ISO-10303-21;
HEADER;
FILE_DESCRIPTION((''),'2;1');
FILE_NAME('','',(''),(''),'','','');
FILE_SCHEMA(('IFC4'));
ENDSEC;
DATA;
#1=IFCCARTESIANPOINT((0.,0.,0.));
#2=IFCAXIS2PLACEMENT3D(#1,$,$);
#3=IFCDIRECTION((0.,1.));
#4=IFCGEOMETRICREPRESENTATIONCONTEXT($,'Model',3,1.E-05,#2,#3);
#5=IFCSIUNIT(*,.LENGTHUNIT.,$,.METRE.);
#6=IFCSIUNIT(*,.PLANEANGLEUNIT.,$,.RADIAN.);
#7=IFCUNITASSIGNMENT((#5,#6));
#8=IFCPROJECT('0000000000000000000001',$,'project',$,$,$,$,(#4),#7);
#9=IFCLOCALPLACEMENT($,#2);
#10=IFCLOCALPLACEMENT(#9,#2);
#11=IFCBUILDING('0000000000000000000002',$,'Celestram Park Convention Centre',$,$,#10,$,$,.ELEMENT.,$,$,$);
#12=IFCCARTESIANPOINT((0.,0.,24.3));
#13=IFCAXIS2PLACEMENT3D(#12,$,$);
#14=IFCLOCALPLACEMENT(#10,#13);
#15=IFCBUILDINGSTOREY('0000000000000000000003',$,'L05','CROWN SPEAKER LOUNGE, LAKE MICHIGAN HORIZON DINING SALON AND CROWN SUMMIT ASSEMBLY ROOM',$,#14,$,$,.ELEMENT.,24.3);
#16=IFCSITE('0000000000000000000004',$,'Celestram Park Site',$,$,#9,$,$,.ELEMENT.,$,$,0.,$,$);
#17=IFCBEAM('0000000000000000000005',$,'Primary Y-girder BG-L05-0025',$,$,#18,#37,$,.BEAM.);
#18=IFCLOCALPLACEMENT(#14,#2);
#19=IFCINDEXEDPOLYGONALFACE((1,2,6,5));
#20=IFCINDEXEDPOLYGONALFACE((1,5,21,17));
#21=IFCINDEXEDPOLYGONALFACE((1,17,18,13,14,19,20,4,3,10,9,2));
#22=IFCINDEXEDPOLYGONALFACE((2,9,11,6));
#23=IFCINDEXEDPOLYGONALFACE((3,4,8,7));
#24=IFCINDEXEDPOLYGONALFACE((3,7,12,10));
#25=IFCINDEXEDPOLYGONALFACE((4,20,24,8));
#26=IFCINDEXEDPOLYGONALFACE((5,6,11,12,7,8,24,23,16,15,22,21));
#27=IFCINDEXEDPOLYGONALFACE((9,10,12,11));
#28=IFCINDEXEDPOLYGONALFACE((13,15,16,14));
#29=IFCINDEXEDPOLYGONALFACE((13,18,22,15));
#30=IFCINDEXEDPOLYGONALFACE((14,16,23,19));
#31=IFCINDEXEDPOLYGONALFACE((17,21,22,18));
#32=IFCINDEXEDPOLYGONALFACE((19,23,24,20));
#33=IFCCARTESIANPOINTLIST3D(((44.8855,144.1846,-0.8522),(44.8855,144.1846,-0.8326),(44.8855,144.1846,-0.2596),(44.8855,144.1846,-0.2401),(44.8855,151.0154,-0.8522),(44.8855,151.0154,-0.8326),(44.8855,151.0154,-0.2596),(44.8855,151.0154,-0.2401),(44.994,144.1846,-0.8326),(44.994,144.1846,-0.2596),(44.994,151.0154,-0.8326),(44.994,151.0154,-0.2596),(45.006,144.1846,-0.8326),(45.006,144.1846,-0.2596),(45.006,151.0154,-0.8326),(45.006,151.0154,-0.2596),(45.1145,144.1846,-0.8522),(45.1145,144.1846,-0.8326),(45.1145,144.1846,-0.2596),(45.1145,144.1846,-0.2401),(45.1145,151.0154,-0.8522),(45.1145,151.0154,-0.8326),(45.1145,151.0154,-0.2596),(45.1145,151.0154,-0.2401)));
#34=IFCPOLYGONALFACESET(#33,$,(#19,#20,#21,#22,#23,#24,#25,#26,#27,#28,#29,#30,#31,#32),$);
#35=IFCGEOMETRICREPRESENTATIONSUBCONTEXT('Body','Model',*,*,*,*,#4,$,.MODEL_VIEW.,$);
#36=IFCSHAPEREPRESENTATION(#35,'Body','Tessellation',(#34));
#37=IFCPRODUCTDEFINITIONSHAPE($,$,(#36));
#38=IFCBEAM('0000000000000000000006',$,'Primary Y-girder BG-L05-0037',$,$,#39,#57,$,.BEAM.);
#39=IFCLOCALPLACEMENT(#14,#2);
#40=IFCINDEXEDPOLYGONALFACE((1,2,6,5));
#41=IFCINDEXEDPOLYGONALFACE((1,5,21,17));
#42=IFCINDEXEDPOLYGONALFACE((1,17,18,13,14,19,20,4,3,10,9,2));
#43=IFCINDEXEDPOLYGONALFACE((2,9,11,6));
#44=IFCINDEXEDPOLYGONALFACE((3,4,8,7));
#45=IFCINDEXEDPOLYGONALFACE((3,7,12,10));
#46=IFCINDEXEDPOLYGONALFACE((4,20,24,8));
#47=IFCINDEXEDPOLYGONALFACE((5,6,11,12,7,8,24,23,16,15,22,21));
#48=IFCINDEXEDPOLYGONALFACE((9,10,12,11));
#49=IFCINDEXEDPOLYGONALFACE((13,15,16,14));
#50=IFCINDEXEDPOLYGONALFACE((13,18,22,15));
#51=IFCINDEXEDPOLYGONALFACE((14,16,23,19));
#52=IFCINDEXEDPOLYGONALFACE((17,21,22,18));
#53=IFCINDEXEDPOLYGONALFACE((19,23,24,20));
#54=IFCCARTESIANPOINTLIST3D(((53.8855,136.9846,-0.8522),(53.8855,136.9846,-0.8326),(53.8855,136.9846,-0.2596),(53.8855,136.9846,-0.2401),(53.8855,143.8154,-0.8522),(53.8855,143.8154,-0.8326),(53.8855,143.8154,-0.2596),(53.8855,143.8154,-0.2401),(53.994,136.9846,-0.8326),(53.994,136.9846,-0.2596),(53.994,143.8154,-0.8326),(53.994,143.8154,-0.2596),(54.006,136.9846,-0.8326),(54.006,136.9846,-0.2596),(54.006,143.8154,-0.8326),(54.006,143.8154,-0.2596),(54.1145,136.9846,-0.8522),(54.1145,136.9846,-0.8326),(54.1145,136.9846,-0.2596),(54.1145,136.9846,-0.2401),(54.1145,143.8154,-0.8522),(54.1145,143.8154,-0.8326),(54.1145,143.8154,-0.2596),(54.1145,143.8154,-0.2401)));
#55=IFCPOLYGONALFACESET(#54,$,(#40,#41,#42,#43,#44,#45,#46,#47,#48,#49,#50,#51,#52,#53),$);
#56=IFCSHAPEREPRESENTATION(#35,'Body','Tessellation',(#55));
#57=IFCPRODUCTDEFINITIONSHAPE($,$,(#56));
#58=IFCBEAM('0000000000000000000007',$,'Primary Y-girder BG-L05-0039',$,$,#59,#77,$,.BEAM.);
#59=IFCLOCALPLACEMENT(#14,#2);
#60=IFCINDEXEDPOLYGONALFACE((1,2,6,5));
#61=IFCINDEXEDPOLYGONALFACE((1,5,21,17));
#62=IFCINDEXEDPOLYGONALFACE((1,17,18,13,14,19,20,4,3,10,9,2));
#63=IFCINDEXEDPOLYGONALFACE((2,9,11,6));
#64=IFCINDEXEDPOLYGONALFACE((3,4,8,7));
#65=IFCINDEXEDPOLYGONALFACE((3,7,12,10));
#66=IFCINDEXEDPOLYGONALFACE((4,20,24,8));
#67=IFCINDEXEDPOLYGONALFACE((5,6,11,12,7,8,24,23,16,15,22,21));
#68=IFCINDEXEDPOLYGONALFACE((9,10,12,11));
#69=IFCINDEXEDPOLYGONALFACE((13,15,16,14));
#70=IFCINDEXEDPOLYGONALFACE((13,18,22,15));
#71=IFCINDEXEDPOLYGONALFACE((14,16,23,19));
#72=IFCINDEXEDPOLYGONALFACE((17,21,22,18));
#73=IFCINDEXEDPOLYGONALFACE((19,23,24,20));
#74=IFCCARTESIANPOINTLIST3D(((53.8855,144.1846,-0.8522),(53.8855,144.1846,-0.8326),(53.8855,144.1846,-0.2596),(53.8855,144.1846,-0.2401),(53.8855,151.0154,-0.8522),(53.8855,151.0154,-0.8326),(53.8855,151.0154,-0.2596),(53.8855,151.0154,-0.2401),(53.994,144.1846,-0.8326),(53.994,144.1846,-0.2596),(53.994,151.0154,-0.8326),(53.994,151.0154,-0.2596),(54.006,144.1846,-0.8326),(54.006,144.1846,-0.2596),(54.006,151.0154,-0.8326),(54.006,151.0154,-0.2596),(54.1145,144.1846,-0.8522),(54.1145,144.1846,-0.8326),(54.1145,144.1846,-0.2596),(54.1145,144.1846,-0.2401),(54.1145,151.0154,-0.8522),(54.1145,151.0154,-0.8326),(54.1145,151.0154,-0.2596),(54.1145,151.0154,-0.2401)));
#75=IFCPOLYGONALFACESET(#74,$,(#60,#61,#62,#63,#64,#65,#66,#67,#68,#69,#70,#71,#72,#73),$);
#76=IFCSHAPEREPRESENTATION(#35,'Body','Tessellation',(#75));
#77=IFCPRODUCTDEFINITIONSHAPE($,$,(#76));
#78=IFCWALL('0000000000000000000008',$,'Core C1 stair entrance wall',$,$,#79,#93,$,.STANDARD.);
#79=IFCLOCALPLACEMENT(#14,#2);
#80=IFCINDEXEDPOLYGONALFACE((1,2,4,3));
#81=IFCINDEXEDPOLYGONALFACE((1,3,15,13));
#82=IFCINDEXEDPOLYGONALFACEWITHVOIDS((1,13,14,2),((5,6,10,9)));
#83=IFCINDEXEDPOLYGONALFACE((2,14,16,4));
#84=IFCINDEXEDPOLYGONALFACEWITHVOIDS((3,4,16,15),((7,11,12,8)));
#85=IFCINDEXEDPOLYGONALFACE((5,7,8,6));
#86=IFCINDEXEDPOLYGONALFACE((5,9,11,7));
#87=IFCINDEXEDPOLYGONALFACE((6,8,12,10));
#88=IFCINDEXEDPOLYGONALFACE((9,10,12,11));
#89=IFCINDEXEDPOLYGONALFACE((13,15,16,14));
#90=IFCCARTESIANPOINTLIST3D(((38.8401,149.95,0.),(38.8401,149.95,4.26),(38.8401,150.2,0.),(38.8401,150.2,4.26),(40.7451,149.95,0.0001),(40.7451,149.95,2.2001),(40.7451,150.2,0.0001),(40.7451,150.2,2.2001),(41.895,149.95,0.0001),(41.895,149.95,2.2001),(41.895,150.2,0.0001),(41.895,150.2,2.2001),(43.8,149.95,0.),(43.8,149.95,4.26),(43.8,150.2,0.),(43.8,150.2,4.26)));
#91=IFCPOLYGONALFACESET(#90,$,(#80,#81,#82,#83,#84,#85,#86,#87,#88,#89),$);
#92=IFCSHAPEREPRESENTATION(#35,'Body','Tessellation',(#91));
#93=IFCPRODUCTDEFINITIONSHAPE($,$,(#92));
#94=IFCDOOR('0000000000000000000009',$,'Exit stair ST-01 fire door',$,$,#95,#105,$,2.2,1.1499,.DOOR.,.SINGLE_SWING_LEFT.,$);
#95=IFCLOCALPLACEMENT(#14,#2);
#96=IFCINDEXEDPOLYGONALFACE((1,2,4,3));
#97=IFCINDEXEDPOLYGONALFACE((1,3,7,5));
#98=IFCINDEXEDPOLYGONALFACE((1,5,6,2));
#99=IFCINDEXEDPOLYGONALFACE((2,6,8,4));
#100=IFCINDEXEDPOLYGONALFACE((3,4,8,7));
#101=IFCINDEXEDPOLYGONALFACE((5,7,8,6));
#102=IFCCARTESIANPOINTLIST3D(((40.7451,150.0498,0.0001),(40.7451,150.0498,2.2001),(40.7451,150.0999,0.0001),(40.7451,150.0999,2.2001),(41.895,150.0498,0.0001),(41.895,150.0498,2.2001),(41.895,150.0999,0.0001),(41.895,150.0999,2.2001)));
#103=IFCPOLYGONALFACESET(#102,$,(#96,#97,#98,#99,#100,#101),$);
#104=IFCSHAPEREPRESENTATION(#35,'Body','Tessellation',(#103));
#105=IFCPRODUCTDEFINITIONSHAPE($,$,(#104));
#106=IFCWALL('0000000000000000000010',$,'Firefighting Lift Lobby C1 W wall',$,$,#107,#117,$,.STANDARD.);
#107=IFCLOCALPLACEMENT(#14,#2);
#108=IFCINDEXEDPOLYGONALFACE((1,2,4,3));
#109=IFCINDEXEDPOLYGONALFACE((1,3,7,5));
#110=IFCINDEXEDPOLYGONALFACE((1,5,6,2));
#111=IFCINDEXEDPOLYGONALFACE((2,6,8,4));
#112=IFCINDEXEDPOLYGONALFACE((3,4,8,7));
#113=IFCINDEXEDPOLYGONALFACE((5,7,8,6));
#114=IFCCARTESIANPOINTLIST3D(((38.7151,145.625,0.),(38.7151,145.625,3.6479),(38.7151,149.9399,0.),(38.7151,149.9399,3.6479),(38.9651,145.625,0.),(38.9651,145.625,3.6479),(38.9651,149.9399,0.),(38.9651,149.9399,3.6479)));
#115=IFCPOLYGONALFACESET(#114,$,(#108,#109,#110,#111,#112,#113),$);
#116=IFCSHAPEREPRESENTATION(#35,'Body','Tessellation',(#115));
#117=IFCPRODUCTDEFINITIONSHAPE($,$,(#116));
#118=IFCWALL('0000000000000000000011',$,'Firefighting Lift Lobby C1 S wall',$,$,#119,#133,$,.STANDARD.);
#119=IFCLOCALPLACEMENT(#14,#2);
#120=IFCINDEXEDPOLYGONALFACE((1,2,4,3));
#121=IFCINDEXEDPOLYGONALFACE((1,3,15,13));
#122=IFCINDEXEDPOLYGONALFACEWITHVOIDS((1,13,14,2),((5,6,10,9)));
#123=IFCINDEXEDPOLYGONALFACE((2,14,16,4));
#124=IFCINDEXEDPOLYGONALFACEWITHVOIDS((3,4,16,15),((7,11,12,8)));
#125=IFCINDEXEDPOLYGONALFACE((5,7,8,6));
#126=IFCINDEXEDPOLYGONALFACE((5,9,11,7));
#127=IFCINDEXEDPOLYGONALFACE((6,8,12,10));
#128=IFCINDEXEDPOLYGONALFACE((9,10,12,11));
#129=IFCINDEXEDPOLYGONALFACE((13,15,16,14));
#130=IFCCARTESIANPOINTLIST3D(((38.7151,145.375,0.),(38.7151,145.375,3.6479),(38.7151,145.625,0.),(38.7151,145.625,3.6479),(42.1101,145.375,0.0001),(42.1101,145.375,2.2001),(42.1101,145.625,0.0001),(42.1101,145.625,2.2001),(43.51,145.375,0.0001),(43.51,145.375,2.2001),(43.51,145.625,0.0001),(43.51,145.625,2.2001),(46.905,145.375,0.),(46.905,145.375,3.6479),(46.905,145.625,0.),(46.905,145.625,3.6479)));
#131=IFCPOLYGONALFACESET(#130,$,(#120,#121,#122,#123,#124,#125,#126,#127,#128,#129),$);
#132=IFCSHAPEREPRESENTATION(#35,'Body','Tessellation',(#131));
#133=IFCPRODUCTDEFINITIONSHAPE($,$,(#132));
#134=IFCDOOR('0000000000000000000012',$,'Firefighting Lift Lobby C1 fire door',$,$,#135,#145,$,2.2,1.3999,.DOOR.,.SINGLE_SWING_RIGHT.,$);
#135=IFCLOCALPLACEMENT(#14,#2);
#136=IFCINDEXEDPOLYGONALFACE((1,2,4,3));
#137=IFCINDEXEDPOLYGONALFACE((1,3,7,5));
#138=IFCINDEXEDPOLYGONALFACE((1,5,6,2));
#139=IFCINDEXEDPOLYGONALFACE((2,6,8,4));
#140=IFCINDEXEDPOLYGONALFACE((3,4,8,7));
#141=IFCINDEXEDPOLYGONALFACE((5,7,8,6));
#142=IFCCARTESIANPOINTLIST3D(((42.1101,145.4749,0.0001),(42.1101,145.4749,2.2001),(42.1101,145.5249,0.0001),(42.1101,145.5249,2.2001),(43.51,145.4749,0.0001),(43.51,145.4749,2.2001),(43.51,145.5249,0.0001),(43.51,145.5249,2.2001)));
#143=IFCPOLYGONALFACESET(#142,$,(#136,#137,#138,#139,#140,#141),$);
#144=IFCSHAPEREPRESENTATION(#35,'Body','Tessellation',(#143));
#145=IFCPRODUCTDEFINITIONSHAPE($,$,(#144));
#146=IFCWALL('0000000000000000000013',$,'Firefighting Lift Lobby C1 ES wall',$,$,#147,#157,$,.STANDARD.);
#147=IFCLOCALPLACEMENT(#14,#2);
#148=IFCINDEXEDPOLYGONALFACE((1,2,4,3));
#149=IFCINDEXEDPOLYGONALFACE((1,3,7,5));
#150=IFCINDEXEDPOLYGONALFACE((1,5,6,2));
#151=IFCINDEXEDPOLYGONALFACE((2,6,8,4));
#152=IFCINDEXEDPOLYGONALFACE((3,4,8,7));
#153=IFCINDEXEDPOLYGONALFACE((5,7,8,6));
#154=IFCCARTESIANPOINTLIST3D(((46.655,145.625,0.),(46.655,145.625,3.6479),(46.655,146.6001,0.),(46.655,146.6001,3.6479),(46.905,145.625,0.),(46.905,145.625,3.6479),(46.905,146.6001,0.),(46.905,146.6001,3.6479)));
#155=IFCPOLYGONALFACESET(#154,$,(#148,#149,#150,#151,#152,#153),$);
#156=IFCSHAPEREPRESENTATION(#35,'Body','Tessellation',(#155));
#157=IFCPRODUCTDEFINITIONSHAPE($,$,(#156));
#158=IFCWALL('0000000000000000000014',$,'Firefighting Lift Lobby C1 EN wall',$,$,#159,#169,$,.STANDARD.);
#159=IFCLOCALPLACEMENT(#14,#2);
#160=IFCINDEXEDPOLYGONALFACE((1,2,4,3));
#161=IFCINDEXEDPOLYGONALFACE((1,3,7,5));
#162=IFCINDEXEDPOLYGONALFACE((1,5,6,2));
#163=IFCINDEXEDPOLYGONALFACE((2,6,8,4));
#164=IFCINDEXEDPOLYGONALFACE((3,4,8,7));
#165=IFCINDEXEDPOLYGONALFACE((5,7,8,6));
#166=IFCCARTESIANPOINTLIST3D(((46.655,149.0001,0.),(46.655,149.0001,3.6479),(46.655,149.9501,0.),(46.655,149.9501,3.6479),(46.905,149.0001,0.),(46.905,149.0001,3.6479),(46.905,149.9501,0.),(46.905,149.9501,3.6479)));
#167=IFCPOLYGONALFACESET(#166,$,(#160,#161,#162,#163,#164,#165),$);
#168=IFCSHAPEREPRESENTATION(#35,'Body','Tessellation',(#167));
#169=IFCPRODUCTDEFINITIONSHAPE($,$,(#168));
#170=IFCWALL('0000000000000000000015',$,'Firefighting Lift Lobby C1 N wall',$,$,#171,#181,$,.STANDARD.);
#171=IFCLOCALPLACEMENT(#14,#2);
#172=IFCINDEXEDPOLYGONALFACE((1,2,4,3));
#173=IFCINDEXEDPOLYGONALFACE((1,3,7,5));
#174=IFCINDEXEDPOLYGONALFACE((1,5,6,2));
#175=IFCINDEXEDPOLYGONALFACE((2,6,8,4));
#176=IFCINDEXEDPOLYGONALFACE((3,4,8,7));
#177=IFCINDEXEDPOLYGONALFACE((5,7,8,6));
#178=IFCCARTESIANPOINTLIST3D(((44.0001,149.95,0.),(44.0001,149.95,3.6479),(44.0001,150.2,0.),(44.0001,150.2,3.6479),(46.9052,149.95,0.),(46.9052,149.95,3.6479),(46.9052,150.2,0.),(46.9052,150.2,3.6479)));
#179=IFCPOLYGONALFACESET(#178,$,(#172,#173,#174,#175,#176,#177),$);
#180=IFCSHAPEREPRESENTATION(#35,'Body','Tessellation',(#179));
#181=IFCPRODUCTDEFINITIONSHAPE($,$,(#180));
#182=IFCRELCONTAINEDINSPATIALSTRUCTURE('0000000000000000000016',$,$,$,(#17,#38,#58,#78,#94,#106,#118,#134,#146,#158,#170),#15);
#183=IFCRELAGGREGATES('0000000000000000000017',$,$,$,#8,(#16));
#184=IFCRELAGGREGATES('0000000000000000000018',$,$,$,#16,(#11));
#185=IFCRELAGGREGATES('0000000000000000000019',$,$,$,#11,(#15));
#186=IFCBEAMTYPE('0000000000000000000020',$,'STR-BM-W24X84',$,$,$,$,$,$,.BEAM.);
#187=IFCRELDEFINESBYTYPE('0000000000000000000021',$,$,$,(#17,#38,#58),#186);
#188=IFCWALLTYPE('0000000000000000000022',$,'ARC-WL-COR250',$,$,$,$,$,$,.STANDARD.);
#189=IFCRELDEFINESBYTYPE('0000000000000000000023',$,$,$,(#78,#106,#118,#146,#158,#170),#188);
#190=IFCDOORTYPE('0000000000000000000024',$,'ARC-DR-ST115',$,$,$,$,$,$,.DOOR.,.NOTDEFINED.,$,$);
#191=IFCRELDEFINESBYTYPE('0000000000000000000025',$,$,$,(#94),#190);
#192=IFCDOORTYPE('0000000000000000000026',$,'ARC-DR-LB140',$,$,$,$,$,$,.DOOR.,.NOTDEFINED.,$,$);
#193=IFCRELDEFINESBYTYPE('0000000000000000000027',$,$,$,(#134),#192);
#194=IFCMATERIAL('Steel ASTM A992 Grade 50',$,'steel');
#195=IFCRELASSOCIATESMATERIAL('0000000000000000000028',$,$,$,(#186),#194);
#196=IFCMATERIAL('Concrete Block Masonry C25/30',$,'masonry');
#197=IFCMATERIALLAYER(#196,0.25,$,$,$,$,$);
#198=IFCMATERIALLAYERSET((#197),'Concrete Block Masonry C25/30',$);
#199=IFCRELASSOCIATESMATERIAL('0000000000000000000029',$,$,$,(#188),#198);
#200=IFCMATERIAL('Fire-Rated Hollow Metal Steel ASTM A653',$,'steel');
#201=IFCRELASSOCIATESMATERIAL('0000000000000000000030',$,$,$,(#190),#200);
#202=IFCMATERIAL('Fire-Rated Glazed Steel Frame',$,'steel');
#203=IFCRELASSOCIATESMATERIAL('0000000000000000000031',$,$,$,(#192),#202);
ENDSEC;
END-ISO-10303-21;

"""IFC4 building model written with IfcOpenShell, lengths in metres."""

from ifc_helpers import new_model, si_unit, direction, frame, frame_2d, origin, origin_2d, place, context, subcontext, project, spatial, rectangle, i_section, extrude, material, layer, layer_set, material_profile, profile_set, type_object, element, fill, save


model = new_model("IFC4")

# Units and contexts
model_context = context("Model", 3, precision=1e-05, world=origin(), true_north=direction((0.0, 1.0)))
body_context = subcontext(model_context, "Body", "Model", "MODEL_VIEW")
ifc_project = project(units=[si_unit("LENGTHUNIT", "METRE"), si_unit("PLANEANGLEUNIT", "RADIAN")], contexts=[model_context])

# Site, building, storey
site_placement = place(None, origin())
site = spatial("IfcSite", under=ifc_project, at=site_placement, Name="Celestram Park Site", CompositionType="ELEMENT", RefElevation=0.0)
building_placement = place(site_placement, origin())
building = spatial("IfcBuilding", under=site, at=building_placement, Name="Celestram Park Convention Centre", CompositionType="ELEMENT")
storey_placement = place(building_placement, frame((0.0, 0.0, 24.3)))
storey = spatial("IfcBuildingStorey", under=building, at=storey_placement, Name="L05", Description="CROWN SPEAKER LOUNGE, LAKE MICHIGAN HORIZON DINING SALON AND CROWN SUMMIT ASSEMBLY ROOM", CompositionType="ELEMENT", Elevation=24.3)

# Shared definitions
ifc_material_1 = material(Name="Steel ASTM A992 Grade 50", Category="steel")

# Beams
ifc_material_profile_1 = material_profile(ifc_material_1, i_section(OverallWidth=0.229, OverallDepth=0.6121, WebThickness=0.012, FlangeThickness=0.0195, at=origin_2d()), Name="W24X84")
ifc_profile_set_1 = profile_set([ifc_material_profile_1], Name="Steel ASTM A992 Grade 50")
beam_type = type_object("IfcBeamType", Name="STR-BM-W24X84", PredefinedType="BEAM", material=ifc_profile_set_1)
for number, where, z_axis, x_axis, name in (
    (1, (45.0, 144.1846, -0.5461), (0.0, 1.0, 0.0), (-1.0, 0.0, 0.0), "Primary Y-girder BG-L05-0025"),
    (2, (54.0, 136.9846, -0.5461), (0.0, 1.0, 0.0), (-1.0, 0.0, 0.0), "Primary Y-girder BG-L05-0037"),
    (3, (54.0, 144.1846, -0.5461), (0.0, 1.0, 0.0), (-1.0, 0.0, 0.0), "Primary Y-girder BG-L05-0039"),
):
    element("IfcBeam", number, at=place(storey_placement, frame(where, z_axis=z_axis, x_axis=x_axis)), inside=storey, type_object=beam_type, Name=name, PredefinedType="BEAM", context=body_context, shape_type="SweptSolid", body=[
        extrude(i_section(OverallWidth=0.229, OverallDepth=0.6121, WebThickness=0.012, FlangeThickness=0.0195, at=origin_2d()), origin(), (0.0, 0.0, 1.0), 6.8308),
    ])

# Wall, opening, door
ifc_material_2 = material(Name="Concrete Block Masonry C25/30", Category="masonry")
ifc_layer_1 = layer(ifc_material_2, 0.25)
ifc_layer_set_1 = layer_set([ifc_layer_1], Name="Concrete Block Masonry C25/30")
wall_type_1 = type_object("IfcWallType", Name="ARC-WL-COR250", PredefinedType="STANDARD", material=ifc_layer_set_1)
wall_1_placement = place(storey_placement, frame((38.8401, 150.075, 0.0), z_axis=(0.0, 0.0, 1.0), x_axis=(1.0, 0.0, 0.0)))
wall_1 = element("IfcWall", 4, at=wall_1_placement, inside=storey, type_object=wall_type_1, Name="Core C1 stair entrance wall", PredefinedType="STANDARD", context=body_context, shape_type="SweptSolid", body=[
    extrude(rectangle(XDim=4.96, YDim=0.25, at=frame_2d((2.48, 0.0))), origin(), (0.0, 0.0, 1.0), 4.26),
])
opening_1_placement = place(wall_1_placement, frame((1.905, 0.0, 0.0)))
opening_1 = element("IfcOpeningElement", 5, at=opening_1_placement, cuts=wall_1, PredefinedType="OPENING", context=body_context, shape_type="SweptSolid", body=[
    extrude(rectangle(XDim=1.1499, YDim=2.2, at=frame_2d((0.575, 1.1001))), frame((0.0, 0.135, 0.0), z_axis=(0.0, -1.0, 0.0), x_axis=(1.0, 0.0, 0.0)), (0.0, 0.0, 1.0), 0.27),
])
ifc_material_3 = material(Name="Fire-Rated Hollow Metal Steel ASTM A653", Category="steel")
door_type_1 = type_object("IfcDoorType", Name="ARC-DR-ST115", OperationType="NOTDEFINED", PredefinedType="DOOR", material=ifc_material_3)
door_1_placement = place(opening_1_placement, origin())
door_1 = element("IfcDoor", 6, at=door_1_placement, inside=storey, type_object=door_type_1, Name="Exit stair ST-01 fire door", OperationType="SINGLE_SWING_LEFT", OverallHeight=2.2, OverallWidth=1.1499, PredefinedType="DOOR", context=body_context, shape_type="SweptSolid", body=[
    extrude(rectangle(XDim=1.1499, YDim=2.2, at=frame_2d((0.575, 1.1001))), frame((0.0, 0.0249, 0.0), z_axis=(0.0, -1.0, 0.0), x_axis=(1.0, 0.0, 0.0)), (0.0, 0.0, 1.0), 0.05),
])
fill(opening_1, door_1)

# Wall
wall_2_placement = place(storey_placement, frame((38.8401, 149.9399, 0.0), z_axis=(0.0, 0.0, 1.0), x_axis=(0.0, -1.0, 0.0)))
element("IfcWall", 7, at=wall_2_placement, inside=storey, type_object=wall_type_1, Name="Firefighting Lift Lobby C1 W wall", PredefinedType="STANDARD", context=body_context, shape_type="SweptSolid", body=[
    extrude(rectangle(XDim=4.3149, YDim=0.25, at=frame_2d((2.1575, 0.0))), origin(), (0.0, 0.0, 1.0), 3.6479),
])

# Wall, opening, door
wall_3_placement = place(storey_placement, frame((38.7151, 145.5, 0.0), z_axis=(0.0, 0.0, 1.0), x_axis=(1.0, 0.0, 0.0)))
wall_3 = element("IfcWall", 8, at=wall_3_placement, inside=storey, type_object=wall_type_1, Name="Firefighting Lift Lobby C1 S wall", PredefinedType="STANDARD", context=body_context, shape_type="SweptSolid", body=[
    extrude(rectangle(XDim=8.1899, YDim=0.25, at=frame_2d((4.095, 0.0))), origin(), (0.0, 0.0, 1.0), 3.6479),
])
opening_2_placement = place(wall_3_placement, frame((3.395, 0.0, 0.0)))
opening_2 = element("IfcOpeningElement", 9, at=opening_2_placement, cuts=wall_3, PredefinedType="OPENING", context=body_context, shape_type="SweptSolid", body=[
    extrude(rectangle(XDim=1.3999, YDim=2.2, at=frame_2d((0.7, 1.1001))), frame((0.0, 0.135, 0.0), z_axis=(0.0, -1.0, 0.0), x_axis=(1.0, 0.0, 0.0)), (0.0, 0.0, 1.0), 0.27),
])
ifc_material_4 = material(Name="Fire-Rated Glazed Steel Frame", Category="steel")
door_type_2 = type_object("IfcDoorType", Name="ARC-DR-LB140", OperationType="NOTDEFINED", PredefinedType="DOOR", material=ifc_material_4)
door_2_placement = place(opening_2_placement, origin())
door_2 = element("IfcDoor", 10, at=door_2_placement, inside=storey, type_object=door_type_2, Name="Firefighting Lift Lobby C1 fire door", OperationType="SINGLE_SWING_RIGHT", OverallHeight=2.2, OverallWidth=1.3999, PredefinedType="DOOR", context=body_context, shape_type="SweptSolid", body=[
    extrude(rectangle(XDim=1.3999, YDim=2.2, at=frame_2d((0.7, 1.1001))), frame((0.0, 0.0249, 0.0), z_axis=(0.0, -1.0, 0.0), x_axis=(1.0, 0.0, 0.0)), (0.0, 0.0, 1.0), 0.05),
])
fill(opening_2, door_2)

# Walls
wall_4_placement = place(storey_placement, frame((46.78, 145.625, 0.0), z_axis=(0.0, 0.0, 1.0), x_axis=(0.0, 1.0, 0.0)))
element("IfcWall", 11, at=wall_4_placement, inside=storey, type_object=wall_type_1, Name="Firefighting Lift Lobby C1 ES wall", PredefinedType="STANDARD", context=body_context, shape_type="SweptSolid", body=[
    extrude(rectangle(XDim=0.9751, YDim=0.25, at=frame_2d((0.4875, 0.0))), origin(), (0.0, 0.0, 1.0), 3.6479),
])
wall_5_placement = place(storey_placement, frame((46.78, 149.0, 0.0), z_axis=(0.0, 0.0, 1.0), x_axis=(0.0, 1.0, 0.0)))
element("IfcWall", 12, at=wall_5_placement, inside=storey, type_object=wall_type_1, Name="Firefighting Lift Lobby C1 EN wall", PredefinedType="STANDARD", context=body_context, shape_type="SweptSolid", body=[
    extrude(rectangle(XDim=0.95, YDim=0.25, at=frame_2d((0.4751, 0.0))), origin(), (0.0, 0.0, 1.0), 3.6479),
])
wall_6_placement = place(storey_placement, frame((44.0, 150.075, 0.0), z_axis=(0.0, 0.0, 1.0), x_axis=(1.0, 0.0, 0.0)))
element("IfcWall", 13, at=wall_6_placement, inside=storey, type_object=wall_type_1, Name="Firefighting Lift Lobby C1 N wall", PredefinedType="STANDARD", context=body_context, shape_type="SweptSolid", body=[
    extrude(rectangle(XDim=2.905, YDim=0.25, at=frame_2d((1.4526, 0.0))), origin(), (0.0, 0.0, 1.0), 3.6479),
])

save(model, "model.ifc")
